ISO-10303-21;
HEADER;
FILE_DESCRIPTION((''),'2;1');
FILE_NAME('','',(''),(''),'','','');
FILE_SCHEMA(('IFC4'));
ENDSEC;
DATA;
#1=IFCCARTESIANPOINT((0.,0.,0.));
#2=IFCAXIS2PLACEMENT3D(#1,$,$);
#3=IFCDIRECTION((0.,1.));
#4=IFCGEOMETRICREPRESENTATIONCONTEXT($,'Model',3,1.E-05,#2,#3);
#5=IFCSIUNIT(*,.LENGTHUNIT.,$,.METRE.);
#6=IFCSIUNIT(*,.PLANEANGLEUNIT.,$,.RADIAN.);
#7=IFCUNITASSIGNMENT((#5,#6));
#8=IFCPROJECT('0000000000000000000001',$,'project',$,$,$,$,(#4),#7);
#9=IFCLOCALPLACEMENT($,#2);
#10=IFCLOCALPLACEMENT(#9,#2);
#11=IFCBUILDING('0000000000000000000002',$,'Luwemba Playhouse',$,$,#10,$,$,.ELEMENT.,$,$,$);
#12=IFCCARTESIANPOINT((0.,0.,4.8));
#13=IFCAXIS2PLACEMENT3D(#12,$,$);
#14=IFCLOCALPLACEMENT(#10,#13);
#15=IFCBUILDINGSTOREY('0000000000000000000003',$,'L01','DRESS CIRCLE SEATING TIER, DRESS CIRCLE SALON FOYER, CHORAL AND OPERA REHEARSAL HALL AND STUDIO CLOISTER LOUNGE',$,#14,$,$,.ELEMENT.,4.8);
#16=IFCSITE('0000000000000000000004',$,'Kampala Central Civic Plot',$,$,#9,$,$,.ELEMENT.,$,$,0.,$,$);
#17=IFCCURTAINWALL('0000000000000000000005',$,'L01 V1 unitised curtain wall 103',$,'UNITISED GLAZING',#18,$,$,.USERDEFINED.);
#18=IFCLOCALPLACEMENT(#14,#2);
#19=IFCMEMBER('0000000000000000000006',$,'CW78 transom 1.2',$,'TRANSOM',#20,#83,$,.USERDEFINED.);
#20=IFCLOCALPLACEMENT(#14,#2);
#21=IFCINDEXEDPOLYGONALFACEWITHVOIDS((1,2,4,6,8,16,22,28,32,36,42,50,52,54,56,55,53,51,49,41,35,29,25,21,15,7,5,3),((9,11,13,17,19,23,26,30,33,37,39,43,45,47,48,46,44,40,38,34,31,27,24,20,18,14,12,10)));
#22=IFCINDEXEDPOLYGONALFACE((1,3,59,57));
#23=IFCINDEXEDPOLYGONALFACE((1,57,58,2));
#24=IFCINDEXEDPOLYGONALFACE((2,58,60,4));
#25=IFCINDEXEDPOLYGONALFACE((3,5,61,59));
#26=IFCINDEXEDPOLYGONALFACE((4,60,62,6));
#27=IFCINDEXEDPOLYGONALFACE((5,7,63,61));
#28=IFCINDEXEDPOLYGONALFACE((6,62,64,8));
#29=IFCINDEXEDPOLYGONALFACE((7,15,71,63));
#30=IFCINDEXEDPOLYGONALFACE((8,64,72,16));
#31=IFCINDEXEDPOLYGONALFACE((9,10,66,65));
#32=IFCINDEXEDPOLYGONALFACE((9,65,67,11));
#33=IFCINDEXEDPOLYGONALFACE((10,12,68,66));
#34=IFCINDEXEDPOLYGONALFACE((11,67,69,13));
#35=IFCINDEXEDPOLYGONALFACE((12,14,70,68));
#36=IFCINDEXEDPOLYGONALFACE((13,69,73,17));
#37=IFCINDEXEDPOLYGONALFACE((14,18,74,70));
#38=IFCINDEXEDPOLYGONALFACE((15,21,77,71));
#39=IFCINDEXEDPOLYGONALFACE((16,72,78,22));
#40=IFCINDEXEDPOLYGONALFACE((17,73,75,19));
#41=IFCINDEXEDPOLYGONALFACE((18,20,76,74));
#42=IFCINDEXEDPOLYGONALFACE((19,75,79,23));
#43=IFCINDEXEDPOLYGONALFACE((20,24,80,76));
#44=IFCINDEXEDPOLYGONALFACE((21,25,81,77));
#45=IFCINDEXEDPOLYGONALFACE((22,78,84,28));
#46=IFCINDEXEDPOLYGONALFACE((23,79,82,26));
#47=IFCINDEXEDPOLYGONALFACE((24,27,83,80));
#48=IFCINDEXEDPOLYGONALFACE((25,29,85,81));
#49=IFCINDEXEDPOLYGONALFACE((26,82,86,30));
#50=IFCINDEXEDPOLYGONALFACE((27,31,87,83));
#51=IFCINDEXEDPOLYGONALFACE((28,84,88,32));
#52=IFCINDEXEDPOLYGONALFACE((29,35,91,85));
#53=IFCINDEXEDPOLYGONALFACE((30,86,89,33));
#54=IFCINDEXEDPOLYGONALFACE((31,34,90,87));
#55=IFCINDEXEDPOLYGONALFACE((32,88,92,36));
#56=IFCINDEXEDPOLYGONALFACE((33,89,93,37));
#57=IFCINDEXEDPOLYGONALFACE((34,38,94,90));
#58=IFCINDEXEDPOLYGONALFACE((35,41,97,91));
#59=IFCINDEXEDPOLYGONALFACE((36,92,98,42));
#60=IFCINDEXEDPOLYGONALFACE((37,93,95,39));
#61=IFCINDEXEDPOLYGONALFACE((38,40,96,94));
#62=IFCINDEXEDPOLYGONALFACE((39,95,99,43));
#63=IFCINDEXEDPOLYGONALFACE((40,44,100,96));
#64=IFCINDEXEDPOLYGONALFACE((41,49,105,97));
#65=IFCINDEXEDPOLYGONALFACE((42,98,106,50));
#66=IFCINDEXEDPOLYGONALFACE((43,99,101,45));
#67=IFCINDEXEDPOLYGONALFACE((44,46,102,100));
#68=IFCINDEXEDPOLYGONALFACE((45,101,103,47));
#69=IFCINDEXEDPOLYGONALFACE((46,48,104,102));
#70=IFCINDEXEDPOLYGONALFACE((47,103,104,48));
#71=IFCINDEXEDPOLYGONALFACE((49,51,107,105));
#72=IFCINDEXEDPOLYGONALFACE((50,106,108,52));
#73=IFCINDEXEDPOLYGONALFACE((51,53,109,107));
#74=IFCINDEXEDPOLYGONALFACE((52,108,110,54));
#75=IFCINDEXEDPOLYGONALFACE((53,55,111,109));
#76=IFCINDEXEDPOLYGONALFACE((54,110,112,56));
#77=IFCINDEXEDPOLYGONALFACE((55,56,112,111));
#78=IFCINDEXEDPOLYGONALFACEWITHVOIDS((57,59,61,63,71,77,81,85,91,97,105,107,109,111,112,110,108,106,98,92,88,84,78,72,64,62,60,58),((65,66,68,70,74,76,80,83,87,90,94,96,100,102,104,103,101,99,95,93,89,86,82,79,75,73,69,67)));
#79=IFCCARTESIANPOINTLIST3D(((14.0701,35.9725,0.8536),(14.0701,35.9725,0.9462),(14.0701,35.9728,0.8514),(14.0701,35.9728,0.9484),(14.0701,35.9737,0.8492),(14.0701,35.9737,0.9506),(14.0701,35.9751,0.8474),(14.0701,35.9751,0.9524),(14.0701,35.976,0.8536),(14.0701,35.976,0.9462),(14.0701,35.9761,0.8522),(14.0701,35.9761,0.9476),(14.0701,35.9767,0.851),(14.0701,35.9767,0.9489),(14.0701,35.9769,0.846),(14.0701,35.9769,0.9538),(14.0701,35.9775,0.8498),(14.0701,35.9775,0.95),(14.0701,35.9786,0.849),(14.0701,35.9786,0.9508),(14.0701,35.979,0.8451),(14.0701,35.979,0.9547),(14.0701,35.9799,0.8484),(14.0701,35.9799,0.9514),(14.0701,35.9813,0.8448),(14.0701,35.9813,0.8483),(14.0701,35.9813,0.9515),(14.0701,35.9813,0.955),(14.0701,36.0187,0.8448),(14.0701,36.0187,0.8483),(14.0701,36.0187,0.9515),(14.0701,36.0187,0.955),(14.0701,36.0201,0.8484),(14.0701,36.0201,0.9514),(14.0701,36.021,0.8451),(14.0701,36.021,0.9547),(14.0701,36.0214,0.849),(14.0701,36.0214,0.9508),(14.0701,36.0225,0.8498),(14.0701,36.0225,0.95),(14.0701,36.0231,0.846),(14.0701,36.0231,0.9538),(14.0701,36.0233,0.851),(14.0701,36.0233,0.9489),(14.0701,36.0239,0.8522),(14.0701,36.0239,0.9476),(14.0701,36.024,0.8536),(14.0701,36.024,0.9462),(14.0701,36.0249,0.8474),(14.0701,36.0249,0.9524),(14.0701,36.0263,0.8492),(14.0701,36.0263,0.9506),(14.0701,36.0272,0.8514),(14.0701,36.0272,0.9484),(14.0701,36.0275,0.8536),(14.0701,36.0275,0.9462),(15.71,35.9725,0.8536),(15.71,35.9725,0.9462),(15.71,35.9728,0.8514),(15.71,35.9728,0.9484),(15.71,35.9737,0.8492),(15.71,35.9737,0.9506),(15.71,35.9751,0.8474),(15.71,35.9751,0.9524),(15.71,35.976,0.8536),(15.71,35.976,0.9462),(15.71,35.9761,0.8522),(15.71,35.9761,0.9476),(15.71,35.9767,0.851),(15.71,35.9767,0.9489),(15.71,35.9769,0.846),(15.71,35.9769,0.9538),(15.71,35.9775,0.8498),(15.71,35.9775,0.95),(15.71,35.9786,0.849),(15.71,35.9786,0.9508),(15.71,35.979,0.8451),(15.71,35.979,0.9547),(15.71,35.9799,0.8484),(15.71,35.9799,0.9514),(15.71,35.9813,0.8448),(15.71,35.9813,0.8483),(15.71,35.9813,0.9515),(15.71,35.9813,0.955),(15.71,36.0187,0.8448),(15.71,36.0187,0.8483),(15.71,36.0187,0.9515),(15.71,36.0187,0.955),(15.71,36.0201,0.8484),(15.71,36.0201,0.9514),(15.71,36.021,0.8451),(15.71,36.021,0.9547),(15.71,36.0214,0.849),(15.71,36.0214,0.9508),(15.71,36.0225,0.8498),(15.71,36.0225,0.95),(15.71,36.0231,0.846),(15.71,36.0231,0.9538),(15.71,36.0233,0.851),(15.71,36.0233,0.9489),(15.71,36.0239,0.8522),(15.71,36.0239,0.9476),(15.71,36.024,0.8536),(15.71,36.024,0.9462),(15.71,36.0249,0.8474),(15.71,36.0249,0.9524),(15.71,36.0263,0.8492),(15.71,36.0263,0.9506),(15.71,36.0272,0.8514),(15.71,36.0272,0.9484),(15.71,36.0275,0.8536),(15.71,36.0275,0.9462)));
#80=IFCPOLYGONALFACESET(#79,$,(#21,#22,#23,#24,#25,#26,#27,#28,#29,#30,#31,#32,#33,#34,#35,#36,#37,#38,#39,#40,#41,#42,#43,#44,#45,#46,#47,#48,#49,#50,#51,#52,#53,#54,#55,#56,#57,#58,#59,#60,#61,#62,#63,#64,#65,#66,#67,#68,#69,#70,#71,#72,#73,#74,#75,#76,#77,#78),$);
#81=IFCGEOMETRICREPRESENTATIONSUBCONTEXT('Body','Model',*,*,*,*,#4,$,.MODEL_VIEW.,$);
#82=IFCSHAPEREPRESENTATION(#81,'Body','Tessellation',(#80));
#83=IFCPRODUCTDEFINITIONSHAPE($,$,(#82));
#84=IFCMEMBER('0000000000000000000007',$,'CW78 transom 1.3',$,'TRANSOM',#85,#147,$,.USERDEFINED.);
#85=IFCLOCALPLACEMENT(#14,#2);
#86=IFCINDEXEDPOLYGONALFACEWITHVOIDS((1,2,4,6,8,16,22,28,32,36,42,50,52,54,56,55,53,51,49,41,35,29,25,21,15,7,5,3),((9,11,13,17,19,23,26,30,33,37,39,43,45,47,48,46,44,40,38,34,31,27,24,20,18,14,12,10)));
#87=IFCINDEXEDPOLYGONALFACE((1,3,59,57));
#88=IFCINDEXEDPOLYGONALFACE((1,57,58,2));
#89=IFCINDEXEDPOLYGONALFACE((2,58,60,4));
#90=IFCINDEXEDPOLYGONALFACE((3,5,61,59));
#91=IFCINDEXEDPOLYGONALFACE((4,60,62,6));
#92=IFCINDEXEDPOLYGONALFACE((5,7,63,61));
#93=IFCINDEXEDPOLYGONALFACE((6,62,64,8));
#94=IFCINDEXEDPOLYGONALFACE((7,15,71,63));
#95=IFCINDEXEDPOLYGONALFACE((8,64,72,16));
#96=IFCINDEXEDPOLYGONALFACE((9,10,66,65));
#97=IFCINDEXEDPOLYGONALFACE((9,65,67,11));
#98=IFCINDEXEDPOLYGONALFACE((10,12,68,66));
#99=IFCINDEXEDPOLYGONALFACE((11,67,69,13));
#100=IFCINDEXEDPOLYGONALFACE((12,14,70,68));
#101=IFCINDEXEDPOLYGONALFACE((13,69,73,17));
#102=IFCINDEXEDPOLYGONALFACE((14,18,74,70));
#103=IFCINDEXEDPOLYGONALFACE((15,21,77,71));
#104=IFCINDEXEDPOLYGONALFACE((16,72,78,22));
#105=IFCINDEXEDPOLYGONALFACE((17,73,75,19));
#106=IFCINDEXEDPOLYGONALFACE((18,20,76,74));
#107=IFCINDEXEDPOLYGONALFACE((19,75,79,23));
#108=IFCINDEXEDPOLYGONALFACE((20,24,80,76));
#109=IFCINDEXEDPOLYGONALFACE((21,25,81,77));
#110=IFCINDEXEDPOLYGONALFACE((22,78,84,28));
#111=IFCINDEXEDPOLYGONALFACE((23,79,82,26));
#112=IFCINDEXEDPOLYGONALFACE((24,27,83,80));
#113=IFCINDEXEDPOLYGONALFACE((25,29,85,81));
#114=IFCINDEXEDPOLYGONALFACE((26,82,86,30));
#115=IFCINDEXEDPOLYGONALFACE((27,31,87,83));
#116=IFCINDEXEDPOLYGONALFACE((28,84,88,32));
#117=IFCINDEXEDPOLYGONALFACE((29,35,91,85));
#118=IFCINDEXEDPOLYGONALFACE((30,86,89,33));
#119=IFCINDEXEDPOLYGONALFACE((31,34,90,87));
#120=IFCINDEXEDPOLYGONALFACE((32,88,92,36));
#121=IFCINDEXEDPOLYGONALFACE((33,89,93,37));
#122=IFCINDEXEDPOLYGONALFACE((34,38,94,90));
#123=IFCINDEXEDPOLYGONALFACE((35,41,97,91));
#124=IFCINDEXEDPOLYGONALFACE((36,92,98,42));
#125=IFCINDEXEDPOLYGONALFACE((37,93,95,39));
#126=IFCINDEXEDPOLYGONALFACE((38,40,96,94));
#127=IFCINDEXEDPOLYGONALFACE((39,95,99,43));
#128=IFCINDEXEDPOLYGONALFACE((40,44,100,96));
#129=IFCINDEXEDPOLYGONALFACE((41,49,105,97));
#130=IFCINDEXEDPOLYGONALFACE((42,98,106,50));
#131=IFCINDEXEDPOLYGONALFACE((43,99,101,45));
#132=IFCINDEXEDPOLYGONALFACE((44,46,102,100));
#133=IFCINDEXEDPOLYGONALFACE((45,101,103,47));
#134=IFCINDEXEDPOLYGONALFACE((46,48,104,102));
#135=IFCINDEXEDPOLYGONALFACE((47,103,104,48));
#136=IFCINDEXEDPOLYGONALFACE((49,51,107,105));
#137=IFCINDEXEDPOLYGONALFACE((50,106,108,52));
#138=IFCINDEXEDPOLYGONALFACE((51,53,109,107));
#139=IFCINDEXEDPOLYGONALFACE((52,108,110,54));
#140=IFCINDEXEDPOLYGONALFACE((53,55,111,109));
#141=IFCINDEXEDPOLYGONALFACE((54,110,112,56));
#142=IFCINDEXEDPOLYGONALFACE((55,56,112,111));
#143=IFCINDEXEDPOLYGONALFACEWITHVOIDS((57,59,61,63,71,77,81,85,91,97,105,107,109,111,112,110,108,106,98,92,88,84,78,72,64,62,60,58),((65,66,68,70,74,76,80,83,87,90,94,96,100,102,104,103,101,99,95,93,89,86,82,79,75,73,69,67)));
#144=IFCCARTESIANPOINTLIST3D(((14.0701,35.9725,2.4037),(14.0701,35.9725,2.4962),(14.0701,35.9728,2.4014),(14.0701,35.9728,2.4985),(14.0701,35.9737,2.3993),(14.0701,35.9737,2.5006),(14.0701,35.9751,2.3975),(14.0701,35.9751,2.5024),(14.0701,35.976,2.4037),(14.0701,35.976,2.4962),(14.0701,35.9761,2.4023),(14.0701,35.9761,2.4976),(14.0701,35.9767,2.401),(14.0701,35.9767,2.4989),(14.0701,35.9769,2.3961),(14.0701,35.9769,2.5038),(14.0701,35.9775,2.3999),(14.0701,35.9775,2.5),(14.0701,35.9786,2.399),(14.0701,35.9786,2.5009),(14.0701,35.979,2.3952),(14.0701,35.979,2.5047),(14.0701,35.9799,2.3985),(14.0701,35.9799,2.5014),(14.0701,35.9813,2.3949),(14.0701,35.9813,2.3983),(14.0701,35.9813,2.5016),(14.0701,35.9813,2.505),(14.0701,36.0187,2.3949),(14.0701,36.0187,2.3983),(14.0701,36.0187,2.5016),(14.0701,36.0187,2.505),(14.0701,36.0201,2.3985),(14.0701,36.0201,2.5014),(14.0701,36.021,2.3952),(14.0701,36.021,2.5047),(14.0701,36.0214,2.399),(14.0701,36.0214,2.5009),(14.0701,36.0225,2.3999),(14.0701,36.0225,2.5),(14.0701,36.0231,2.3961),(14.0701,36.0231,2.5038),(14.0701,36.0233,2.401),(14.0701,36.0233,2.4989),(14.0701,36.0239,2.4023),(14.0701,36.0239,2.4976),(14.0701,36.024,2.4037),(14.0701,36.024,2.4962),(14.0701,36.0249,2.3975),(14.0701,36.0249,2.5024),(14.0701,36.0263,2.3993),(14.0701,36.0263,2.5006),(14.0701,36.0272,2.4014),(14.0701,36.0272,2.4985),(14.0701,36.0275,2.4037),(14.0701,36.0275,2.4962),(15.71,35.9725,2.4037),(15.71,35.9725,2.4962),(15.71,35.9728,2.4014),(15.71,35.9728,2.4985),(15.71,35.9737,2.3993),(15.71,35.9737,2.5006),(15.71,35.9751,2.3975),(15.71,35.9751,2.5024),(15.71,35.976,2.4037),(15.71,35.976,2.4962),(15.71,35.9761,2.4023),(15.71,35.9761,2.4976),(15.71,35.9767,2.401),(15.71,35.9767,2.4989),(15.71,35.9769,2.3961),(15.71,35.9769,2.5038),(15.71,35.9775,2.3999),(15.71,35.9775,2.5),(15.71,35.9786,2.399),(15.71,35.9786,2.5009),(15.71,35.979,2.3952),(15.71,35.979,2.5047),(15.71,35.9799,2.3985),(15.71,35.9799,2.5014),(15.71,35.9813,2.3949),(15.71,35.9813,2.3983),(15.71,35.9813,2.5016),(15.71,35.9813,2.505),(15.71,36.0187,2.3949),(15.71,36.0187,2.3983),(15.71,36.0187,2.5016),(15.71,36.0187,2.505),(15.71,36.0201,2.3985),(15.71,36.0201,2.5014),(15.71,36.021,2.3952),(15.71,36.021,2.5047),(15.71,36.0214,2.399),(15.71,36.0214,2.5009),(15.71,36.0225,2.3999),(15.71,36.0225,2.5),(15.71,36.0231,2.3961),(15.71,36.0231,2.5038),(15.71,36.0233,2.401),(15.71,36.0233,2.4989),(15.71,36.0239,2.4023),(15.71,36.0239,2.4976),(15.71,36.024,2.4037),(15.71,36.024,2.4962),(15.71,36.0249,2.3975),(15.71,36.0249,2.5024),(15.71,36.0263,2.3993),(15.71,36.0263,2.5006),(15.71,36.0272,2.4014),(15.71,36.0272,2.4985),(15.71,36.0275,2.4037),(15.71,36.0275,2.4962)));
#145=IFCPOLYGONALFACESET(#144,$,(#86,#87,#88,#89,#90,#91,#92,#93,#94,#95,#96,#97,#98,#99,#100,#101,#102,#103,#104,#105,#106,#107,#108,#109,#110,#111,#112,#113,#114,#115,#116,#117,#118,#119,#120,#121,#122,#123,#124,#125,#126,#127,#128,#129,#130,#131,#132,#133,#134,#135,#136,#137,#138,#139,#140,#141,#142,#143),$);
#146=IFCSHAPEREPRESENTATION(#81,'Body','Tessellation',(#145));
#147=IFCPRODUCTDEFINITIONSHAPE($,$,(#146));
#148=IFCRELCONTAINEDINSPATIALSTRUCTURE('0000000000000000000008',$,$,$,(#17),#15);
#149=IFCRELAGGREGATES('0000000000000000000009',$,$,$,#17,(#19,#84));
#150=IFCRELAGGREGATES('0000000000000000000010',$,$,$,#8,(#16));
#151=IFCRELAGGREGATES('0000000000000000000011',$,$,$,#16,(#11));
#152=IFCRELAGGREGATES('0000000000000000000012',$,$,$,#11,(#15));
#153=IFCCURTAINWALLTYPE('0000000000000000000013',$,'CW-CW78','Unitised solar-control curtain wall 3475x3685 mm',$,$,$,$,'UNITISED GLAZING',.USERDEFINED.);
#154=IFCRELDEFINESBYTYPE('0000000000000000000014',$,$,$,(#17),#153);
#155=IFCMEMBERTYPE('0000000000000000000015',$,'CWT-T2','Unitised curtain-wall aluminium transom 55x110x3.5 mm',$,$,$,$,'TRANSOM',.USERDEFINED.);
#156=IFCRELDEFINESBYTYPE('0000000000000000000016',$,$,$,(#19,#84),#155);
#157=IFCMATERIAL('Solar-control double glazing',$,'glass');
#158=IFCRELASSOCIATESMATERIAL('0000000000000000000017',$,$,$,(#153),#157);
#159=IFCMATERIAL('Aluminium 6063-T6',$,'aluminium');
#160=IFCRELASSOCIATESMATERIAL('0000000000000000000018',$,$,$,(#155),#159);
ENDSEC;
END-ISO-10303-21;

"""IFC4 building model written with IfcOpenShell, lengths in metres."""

from ifc_helpers import new_model, si_unit, direction, frame, origin, origin_2d, place, context, subcontext, project, spatial, hollow_rectangle, extrude, material, material_profile, profile_set, type_object, element, aggregate, save


model = new_model("IFC4")

# Units and contexts
model_context = context("Model", 3, precision=1e-05, world=origin(), true_north=direction((0.0, 1.0)))
body_context = subcontext(model_context, "Body", "Model", "MODEL_VIEW")
ifc_project = project(units=[si_unit("LENGTHUNIT", "METRE"), si_unit("PLANEANGLEUNIT", "RADIAN")], contexts=[model_context])

# Site, building, storey
site_placement = place(None, origin())
site = spatial("IfcSite", under=ifc_project, at=site_placement, Name="Kampala Central Civic Plot", CompositionType="ELEMENT", RefElevation=0.0)
building_placement = place(site_placement, origin())
building = spatial("IfcBuilding", under=site, at=building_placement, Name="Luwemba Playhouse", CompositionType="ELEMENT")
storey_placement = place(building_placement, frame((0.0, 0.0, 4.8)))
storey = spatial("IfcBuildingStorey", under=building, at=storey_placement, Name="L01", Description="DRESS CIRCLE SEATING TIER, DRESS CIRCLE SALON FOYER, CHORAL AND OPERA REHEARSAL HALL AND STUDIO CLOISTER LOUNGE", CompositionType="ELEMENT", Elevation=4.8)

# Curtain wall, members
ifc_material_1 = material(Name="Solar-control double glazing", Category="glass")
curtain_wall_type = type_object("IfcCurtainWallType", Name="CW-CW78", Description="Unitised solar-control curtain wall 3475x3685 mm", ElementType="UNITISED GLAZING", PredefinedType="USERDEFINED", material=ifc_material_1)
curtain_wall_placement = place(storey_placement, origin())
curtain_wall = element("IfcCurtainWall", 1, at=curtain_wall_placement, inside=storey, type_object=curtain_wall_type, Name="L01 V1 unitised curtain wall 103", ObjectType="UNITISED GLAZING", PredefinedType="USERDEFINED")
ifc_material_2 = material(Name="Aluminium 6063-T6", Category="aluminium")
ifc_material_profile_1 = material_profile(ifc_material_2, hollow_rectangle(XDim=0.0549, YDim=0.1101, WallThickness=0.0034, InnerFilletRadius=0.0054, OuterFilletRadius=0.0088, at=origin_2d()))
ifc_profile_set_1 = profile_set([ifc_material_profile_1], Name="Aluminium 6063-T6")
member_type_1 = type_object("IfcMemberType", Name="CWT-T2", Description="Unitised curtain-wall aluminium transom 55x110x3.5 mm", ElementType="TRANSOM", PredefinedType="USERDEFINED", material=ifc_profile_set_1)
member_1_placement = place(storey_placement, frame((15.71, 36.0, 0.8999), z_axis=(-1.0, 0.0, 0.0), x_axis=(0.0, -1.0, 0.0)))
member_1 = element("IfcMember", 2, at=member_1_placement, type_object=member_type_1, Name="CW78 transom 1.2", ObjectType="TRANSOM", PredefinedType="USERDEFINED", context=body_context, shape_type="SweptSolid", body=[
    extrude(hollow_rectangle(XDim=0.0549, YDim=0.1101, WallThickness=0.0034, InnerFilletRadius=0.0054, OuterFilletRadius=0.0088, at=origin_2d()), origin(), (0.0, 0.0, 1.0), 1.6399),
])
member_2_placement = place(storey_placement, frame((15.71, 36.0, 2.45), z_axis=(-1.0, 0.0, 0.0), x_axis=(0.0, -1.0, 0.0)))
member_2 = element("IfcMember", 3, at=member_2_placement, type_object=member_type_1, Name="CW78 transom 1.3", ObjectType="TRANSOM", PredefinedType="USERDEFINED", context=body_context, shape_type="SweptSolid", body=[
    extrude(hollow_rectangle(XDim=0.0549, YDim=0.1101, WallThickness=0.0034, InnerFilletRadius=0.0054, OuterFilletRadius=0.0088, at=origin_2d()), origin(), (0.0, 0.0, 1.0), 1.6399),
])
aggregate(curtain_wall, [member_1, member_2])

save(model, "model.ifc")
